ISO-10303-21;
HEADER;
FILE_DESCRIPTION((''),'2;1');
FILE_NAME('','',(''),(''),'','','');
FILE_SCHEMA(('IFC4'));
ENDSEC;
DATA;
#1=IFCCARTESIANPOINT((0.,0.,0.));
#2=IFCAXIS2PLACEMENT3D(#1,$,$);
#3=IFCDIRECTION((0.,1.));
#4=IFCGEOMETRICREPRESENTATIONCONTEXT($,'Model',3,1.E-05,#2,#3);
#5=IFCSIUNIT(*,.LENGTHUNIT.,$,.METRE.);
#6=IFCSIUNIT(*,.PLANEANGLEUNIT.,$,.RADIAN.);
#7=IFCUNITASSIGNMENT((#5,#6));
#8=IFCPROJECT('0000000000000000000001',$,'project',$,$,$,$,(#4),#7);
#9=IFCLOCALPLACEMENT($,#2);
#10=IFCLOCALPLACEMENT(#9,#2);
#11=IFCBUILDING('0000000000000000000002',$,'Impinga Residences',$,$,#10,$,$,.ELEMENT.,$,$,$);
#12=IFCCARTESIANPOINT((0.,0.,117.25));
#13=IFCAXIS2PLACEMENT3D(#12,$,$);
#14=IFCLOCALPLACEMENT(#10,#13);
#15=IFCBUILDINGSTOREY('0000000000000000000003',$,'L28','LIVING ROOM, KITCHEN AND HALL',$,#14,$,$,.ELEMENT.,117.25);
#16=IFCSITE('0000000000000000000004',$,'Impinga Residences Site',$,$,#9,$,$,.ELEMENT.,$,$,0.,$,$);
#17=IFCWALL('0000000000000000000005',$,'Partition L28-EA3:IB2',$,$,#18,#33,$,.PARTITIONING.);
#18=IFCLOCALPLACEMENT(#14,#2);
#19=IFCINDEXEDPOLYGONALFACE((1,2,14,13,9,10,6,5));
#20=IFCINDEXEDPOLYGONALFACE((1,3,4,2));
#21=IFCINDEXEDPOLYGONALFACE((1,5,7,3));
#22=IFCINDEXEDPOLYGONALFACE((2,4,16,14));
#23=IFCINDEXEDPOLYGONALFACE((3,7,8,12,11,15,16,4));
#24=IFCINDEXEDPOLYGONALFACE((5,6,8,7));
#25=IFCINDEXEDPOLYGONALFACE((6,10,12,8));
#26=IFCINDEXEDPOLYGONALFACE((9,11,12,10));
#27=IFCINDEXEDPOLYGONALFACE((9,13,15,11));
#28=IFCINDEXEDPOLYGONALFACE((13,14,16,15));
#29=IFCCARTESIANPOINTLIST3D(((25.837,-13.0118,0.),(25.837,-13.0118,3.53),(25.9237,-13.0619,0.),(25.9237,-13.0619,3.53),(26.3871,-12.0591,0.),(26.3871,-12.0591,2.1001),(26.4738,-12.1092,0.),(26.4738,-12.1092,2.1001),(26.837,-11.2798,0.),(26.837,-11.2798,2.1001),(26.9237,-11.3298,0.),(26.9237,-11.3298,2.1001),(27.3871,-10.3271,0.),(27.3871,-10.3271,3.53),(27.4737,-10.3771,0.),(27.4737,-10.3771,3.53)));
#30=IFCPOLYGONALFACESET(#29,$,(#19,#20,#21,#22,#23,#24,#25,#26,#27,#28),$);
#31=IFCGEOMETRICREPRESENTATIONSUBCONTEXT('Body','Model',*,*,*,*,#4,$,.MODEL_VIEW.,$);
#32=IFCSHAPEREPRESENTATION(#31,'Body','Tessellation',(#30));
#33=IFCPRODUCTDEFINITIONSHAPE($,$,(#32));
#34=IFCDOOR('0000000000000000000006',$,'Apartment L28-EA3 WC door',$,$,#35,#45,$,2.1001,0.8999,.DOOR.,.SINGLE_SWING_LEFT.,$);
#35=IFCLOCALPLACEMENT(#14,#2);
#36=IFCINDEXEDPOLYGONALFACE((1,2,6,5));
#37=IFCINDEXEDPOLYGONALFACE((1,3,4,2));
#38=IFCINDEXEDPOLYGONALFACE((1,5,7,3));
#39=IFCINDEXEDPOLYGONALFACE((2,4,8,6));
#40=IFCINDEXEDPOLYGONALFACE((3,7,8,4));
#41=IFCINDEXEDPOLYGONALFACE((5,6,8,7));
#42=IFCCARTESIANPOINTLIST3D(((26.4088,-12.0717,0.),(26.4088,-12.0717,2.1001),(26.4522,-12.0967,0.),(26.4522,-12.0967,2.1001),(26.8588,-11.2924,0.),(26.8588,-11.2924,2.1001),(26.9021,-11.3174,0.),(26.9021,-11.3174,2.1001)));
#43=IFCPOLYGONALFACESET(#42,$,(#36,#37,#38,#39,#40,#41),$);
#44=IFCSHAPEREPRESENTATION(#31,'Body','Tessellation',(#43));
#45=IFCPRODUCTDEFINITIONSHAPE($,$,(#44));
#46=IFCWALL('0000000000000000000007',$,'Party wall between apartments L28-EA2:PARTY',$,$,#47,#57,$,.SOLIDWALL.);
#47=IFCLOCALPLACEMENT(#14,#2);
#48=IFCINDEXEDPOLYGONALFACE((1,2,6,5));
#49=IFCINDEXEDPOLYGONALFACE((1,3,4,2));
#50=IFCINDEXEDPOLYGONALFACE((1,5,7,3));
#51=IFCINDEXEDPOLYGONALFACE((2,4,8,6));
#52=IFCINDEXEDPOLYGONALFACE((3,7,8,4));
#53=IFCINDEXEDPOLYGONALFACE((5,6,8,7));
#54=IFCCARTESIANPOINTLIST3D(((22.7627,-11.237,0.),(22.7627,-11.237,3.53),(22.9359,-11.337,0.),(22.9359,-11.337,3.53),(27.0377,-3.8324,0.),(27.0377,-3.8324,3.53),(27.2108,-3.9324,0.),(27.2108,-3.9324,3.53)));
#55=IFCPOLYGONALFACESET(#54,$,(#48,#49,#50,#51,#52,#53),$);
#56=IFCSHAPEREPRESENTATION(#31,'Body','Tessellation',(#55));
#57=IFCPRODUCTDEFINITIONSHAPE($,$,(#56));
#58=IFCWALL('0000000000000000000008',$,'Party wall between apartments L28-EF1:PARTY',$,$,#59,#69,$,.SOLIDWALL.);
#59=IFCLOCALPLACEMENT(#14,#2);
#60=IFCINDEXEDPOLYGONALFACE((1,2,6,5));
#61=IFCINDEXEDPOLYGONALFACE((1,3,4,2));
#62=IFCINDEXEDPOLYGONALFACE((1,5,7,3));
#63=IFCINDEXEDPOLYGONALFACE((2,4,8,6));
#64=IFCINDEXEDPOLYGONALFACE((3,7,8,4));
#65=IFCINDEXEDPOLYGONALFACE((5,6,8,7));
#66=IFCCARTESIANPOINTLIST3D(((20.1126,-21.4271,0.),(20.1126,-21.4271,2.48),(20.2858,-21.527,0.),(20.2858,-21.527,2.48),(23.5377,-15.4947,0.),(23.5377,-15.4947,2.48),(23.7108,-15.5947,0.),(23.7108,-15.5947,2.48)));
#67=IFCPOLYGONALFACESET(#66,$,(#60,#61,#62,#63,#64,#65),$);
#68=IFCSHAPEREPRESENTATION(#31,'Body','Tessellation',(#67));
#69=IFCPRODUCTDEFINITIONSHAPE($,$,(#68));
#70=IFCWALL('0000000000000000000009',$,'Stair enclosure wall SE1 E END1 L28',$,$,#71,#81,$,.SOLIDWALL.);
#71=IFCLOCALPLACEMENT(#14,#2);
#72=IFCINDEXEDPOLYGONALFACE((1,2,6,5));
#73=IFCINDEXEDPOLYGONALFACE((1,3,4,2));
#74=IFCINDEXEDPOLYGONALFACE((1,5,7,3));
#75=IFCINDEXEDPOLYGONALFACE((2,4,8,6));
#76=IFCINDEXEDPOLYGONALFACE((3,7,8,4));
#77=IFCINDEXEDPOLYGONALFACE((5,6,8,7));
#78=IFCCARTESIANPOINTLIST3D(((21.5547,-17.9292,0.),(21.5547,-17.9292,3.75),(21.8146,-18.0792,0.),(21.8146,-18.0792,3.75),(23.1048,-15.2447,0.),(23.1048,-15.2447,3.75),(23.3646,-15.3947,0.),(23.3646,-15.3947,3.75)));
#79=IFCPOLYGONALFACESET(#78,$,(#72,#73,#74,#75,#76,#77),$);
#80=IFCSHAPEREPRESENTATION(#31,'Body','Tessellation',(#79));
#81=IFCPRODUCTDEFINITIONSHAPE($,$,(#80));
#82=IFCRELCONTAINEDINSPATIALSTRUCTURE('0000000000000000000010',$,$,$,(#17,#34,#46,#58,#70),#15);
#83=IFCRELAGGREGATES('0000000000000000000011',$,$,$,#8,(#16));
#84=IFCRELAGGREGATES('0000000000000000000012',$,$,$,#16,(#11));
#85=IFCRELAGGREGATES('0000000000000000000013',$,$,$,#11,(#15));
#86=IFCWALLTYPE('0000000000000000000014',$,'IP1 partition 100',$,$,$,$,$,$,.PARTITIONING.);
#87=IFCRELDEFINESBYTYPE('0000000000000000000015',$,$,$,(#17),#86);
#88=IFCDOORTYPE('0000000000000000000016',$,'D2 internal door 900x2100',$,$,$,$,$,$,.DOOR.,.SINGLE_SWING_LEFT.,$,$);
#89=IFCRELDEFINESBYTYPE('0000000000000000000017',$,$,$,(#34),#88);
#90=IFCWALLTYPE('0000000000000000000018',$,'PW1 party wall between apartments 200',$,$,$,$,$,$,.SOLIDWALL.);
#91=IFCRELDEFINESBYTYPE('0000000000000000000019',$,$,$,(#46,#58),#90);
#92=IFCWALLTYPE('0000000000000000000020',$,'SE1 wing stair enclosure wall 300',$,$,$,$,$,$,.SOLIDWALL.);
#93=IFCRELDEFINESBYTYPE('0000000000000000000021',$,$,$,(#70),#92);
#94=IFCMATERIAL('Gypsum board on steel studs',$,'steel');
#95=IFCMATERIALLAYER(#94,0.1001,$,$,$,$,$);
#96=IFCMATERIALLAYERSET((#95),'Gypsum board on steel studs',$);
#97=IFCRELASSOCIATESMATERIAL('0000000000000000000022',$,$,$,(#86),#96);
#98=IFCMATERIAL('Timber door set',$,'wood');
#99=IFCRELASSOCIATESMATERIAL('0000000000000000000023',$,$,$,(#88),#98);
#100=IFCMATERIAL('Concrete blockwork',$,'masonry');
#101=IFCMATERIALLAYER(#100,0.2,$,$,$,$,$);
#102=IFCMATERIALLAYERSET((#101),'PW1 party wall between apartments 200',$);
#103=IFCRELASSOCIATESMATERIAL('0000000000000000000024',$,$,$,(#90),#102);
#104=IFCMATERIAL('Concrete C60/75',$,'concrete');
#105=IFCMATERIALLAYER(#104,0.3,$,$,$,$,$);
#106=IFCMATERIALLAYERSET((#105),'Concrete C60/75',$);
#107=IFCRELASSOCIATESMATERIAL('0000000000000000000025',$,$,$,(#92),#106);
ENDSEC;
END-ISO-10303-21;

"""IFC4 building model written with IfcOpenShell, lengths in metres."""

from ifc_helpers import new_model, si_unit, direction, frame, frame_2d, origin, place, context, subcontext, project, spatial, rectangle, extrude, material, layer, layer_set, type_object, element, fill, save


model = new_model("IFC4")

# Units and contexts
model_context = context("Model", 3, precision=1e-05, world=origin(), true_north=direction((0.0, 1.0)))
body_context = subcontext(model_context, "Body", "Model", "MODEL_VIEW")
ifc_project = project(units=[si_unit("LENGTHUNIT", "METRE"), si_unit("PLANEANGLEUNIT", "RADIAN")], contexts=[model_context])

# Site, building, storey
site_placement = place(None, origin())
site = spatial("IfcSite", under=ifc_project, at=site_placement, Name="Impinga Residences Site", CompositionType="ELEMENT", RefElevation=0.0)
building_placement = place(site_placement, origin())
building = spatial("IfcBuilding", under=site, at=building_placement, Name="Impinga Residences", CompositionType="ELEMENT")
storey_placement = place(building_placement, frame((0.0, 0.0, 117.25)))
storey = spatial("IfcBuildingStorey", under=building, at=storey_placement, Name="L28", Description="LIVING ROOM, KITCHEN AND HALL", CompositionType="ELEMENT", Elevation=117.25)

# Shared definitions
ifc_material_1 = material(Name="Concrete C60/75", Category="concrete")

# Shared definitions
ifc_material_2 = material(Name="Gypsum board on steel studs", Category="steel")
ifc_layer_1 = layer(ifc_material_2, 0.1001)
ifc_layer_set_1 = layer_set([ifc_layer_1], Name="Gypsum board on steel studs")
wall_type_1 = type_object("IfcWallType", Name="IP1 partition 100", PredefinedType="PARTITIONING", material=ifc_layer_set_1)
ifc_material_3 = material(Name="Timber door set", Category="wood")
door_type = type_object("IfcDoorType", Name="D2 internal door 900x2100", OperationType="SINGLE_SWING_LEFT", PredefinedType="DOOR", material=ifc_material_3)

# Wall, opening, door
wall_1_placement = place(storey_placement, frame((25.8804, -13.0369, 0.0), z_axis=(0.0, 0.0, 1.0), x_axis=(0.499993, 0.86603, 0.0)))
wall_1 = element("IfcWall", 1, at=wall_1_placement, inside=storey, type_object=wall_type_1, Name="Partition L28-EA3:IB2", PredefinedType="PARTITIONING", context=body_context, shape_type="SweptSolid", body=[
    extrude(rectangle(XDim=3.1001, YDim=0.1001, at=frame_2d((1.55, 0.0))), origin(), (0.0, 0.0, 1.0), 3.53),
])
opening_1_placement = place(wall_1_placement, frame((1.1001, 0.0, 0.0)))
opening_1 = element("IfcOpeningElement", 2, at=opening_1_placement, cuts=wall_1, PredefinedType="OPENING", context=body_context, shape_type="SweptSolid", body=[
    extrude(rectangle(XDim=0.8999, YDim=2.1001, at=frame_2d((0.45, 1.05))), frame((0.0, 0.0601, 0.0), z_axis=(0.0, -1.0, 0.0), x_axis=(1.0, 0.0, 0.0)), (0.0, 0.0, 1.0), 0.1201),
])
door_1_placement = place(opening_1_placement, origin())
door_1 = element("IfcDoor", 3, at=door_1_placement, inside=storey, type_object=door_type, Name="Apartment L28-EA3 WC door", OperationType="SINGLE_SWING_LEFT", OverallHeight=2.1001, OverallWidth=0.8999, PredefinedType="DOOR", context=body_context, shape_type="SweptSolid", body=[
    extrude(rectangle(XDim=0.8999, YDim=2.1001, at=frame_2d((0.45, 1.05))), frame((0.0, 0.0249, 0.0), z_axis=(0.0, -1.0, 0.0), x_axis=(1.0, 0.0, 0.0)), (0.0, 0.0, 1.0), 0.05),
])
fill(opening_1, door_1)

# Walls
ifc_material_4 = material(Name="Concrete blockwork", Category="masonry")
ifc_layer_2 = layer(ifc_material_4, 0.2)
ifc_layer_set_2 = layer_set([ifc_layer_2], Name="PW1 party wall between apartments 200")
wall_type_2 = type_object("IfcWallType", Name="PW1 party wall between apartments 200", PredefinedType="SOLIDWALL", material=ifc_layer_set_2)
wall_2_placement = place(storey_placement, frame((22.8494, -11.2869, 0.0), z_axis=(0.0, 0.0, 1.0), x_axis=(0.49999, 0.866031, 0.0)))
element("IfcWall", 4, at=wall_2_placement, inside=storey, type_object=wall_type_2, Name="Party wall between apartments L28-EA2:PARTY", PredefinedType="SOLIDWALL", context=body_context, shape_type="SweptSolid", body=[
    extrude(rectangle(XDim=8.55, YDim=0.2, at=frame_2d((4.2749, 0.0))), origin(), (0.0, 0.0, 1.0), 3.53),
])
wall_3_placement = place(storey_placement, frame((23.6243, -15.5447, 0.0), z_axis=(0.0, 0.0, 1.0), x_axis=(-0.499999, -0.866026, 0.0)))
element("IfcWall", 5, at=wall_3_placement, inside=storey, type_object=wall_type_2, Name="Party wall between apartments L28-EF1:PARTY", PredefinedType="SOLIDWALL", context=body_context, shape_type="SweptSolid", body=[
    extrude(rectangle(XDim=6.8501, YDim=0.2, at=frame_2d((3.425, 0.0))), origin(), (0.0, 0.0, 1.0), 2.48),
])
ifc_layer_3 = layer(ifc_material_1, 0.3)
ifc_layer_set_3 = layer_set([ifc_layer_3], Name="Concrete C60/75")
wall_type_3 = type_object("IfcWallType", Name="SE1 wing stair enclosure wall 300", PredefinedType="SOLIDWALL", material=ifc_layer_set_3)
wall_4_placement = place(storey_placement, frame((23.2346, -15.3198, 0.0), z_axis=(0.0, 0.0, 1.0), x_axis=(-0.500027, -0.86601, 0.0)))
element("IfcWall", 6, at=wall_4_placement, inside=storey, type_object=wall_type_3, Name="Stair enclosure wall SE1 E END1 L28", PredefinedType="SOLIDWALL", context=body_context, shape_type="SweptSolid", body=[
    extrude(rectangle(XDim=3.0999, YDim=0.3, at=frame_2d((1.5498, 0.0))), origin(), (0.0, 0.0, 1.0), 3.75),
])

save(model, "model.ifc")
